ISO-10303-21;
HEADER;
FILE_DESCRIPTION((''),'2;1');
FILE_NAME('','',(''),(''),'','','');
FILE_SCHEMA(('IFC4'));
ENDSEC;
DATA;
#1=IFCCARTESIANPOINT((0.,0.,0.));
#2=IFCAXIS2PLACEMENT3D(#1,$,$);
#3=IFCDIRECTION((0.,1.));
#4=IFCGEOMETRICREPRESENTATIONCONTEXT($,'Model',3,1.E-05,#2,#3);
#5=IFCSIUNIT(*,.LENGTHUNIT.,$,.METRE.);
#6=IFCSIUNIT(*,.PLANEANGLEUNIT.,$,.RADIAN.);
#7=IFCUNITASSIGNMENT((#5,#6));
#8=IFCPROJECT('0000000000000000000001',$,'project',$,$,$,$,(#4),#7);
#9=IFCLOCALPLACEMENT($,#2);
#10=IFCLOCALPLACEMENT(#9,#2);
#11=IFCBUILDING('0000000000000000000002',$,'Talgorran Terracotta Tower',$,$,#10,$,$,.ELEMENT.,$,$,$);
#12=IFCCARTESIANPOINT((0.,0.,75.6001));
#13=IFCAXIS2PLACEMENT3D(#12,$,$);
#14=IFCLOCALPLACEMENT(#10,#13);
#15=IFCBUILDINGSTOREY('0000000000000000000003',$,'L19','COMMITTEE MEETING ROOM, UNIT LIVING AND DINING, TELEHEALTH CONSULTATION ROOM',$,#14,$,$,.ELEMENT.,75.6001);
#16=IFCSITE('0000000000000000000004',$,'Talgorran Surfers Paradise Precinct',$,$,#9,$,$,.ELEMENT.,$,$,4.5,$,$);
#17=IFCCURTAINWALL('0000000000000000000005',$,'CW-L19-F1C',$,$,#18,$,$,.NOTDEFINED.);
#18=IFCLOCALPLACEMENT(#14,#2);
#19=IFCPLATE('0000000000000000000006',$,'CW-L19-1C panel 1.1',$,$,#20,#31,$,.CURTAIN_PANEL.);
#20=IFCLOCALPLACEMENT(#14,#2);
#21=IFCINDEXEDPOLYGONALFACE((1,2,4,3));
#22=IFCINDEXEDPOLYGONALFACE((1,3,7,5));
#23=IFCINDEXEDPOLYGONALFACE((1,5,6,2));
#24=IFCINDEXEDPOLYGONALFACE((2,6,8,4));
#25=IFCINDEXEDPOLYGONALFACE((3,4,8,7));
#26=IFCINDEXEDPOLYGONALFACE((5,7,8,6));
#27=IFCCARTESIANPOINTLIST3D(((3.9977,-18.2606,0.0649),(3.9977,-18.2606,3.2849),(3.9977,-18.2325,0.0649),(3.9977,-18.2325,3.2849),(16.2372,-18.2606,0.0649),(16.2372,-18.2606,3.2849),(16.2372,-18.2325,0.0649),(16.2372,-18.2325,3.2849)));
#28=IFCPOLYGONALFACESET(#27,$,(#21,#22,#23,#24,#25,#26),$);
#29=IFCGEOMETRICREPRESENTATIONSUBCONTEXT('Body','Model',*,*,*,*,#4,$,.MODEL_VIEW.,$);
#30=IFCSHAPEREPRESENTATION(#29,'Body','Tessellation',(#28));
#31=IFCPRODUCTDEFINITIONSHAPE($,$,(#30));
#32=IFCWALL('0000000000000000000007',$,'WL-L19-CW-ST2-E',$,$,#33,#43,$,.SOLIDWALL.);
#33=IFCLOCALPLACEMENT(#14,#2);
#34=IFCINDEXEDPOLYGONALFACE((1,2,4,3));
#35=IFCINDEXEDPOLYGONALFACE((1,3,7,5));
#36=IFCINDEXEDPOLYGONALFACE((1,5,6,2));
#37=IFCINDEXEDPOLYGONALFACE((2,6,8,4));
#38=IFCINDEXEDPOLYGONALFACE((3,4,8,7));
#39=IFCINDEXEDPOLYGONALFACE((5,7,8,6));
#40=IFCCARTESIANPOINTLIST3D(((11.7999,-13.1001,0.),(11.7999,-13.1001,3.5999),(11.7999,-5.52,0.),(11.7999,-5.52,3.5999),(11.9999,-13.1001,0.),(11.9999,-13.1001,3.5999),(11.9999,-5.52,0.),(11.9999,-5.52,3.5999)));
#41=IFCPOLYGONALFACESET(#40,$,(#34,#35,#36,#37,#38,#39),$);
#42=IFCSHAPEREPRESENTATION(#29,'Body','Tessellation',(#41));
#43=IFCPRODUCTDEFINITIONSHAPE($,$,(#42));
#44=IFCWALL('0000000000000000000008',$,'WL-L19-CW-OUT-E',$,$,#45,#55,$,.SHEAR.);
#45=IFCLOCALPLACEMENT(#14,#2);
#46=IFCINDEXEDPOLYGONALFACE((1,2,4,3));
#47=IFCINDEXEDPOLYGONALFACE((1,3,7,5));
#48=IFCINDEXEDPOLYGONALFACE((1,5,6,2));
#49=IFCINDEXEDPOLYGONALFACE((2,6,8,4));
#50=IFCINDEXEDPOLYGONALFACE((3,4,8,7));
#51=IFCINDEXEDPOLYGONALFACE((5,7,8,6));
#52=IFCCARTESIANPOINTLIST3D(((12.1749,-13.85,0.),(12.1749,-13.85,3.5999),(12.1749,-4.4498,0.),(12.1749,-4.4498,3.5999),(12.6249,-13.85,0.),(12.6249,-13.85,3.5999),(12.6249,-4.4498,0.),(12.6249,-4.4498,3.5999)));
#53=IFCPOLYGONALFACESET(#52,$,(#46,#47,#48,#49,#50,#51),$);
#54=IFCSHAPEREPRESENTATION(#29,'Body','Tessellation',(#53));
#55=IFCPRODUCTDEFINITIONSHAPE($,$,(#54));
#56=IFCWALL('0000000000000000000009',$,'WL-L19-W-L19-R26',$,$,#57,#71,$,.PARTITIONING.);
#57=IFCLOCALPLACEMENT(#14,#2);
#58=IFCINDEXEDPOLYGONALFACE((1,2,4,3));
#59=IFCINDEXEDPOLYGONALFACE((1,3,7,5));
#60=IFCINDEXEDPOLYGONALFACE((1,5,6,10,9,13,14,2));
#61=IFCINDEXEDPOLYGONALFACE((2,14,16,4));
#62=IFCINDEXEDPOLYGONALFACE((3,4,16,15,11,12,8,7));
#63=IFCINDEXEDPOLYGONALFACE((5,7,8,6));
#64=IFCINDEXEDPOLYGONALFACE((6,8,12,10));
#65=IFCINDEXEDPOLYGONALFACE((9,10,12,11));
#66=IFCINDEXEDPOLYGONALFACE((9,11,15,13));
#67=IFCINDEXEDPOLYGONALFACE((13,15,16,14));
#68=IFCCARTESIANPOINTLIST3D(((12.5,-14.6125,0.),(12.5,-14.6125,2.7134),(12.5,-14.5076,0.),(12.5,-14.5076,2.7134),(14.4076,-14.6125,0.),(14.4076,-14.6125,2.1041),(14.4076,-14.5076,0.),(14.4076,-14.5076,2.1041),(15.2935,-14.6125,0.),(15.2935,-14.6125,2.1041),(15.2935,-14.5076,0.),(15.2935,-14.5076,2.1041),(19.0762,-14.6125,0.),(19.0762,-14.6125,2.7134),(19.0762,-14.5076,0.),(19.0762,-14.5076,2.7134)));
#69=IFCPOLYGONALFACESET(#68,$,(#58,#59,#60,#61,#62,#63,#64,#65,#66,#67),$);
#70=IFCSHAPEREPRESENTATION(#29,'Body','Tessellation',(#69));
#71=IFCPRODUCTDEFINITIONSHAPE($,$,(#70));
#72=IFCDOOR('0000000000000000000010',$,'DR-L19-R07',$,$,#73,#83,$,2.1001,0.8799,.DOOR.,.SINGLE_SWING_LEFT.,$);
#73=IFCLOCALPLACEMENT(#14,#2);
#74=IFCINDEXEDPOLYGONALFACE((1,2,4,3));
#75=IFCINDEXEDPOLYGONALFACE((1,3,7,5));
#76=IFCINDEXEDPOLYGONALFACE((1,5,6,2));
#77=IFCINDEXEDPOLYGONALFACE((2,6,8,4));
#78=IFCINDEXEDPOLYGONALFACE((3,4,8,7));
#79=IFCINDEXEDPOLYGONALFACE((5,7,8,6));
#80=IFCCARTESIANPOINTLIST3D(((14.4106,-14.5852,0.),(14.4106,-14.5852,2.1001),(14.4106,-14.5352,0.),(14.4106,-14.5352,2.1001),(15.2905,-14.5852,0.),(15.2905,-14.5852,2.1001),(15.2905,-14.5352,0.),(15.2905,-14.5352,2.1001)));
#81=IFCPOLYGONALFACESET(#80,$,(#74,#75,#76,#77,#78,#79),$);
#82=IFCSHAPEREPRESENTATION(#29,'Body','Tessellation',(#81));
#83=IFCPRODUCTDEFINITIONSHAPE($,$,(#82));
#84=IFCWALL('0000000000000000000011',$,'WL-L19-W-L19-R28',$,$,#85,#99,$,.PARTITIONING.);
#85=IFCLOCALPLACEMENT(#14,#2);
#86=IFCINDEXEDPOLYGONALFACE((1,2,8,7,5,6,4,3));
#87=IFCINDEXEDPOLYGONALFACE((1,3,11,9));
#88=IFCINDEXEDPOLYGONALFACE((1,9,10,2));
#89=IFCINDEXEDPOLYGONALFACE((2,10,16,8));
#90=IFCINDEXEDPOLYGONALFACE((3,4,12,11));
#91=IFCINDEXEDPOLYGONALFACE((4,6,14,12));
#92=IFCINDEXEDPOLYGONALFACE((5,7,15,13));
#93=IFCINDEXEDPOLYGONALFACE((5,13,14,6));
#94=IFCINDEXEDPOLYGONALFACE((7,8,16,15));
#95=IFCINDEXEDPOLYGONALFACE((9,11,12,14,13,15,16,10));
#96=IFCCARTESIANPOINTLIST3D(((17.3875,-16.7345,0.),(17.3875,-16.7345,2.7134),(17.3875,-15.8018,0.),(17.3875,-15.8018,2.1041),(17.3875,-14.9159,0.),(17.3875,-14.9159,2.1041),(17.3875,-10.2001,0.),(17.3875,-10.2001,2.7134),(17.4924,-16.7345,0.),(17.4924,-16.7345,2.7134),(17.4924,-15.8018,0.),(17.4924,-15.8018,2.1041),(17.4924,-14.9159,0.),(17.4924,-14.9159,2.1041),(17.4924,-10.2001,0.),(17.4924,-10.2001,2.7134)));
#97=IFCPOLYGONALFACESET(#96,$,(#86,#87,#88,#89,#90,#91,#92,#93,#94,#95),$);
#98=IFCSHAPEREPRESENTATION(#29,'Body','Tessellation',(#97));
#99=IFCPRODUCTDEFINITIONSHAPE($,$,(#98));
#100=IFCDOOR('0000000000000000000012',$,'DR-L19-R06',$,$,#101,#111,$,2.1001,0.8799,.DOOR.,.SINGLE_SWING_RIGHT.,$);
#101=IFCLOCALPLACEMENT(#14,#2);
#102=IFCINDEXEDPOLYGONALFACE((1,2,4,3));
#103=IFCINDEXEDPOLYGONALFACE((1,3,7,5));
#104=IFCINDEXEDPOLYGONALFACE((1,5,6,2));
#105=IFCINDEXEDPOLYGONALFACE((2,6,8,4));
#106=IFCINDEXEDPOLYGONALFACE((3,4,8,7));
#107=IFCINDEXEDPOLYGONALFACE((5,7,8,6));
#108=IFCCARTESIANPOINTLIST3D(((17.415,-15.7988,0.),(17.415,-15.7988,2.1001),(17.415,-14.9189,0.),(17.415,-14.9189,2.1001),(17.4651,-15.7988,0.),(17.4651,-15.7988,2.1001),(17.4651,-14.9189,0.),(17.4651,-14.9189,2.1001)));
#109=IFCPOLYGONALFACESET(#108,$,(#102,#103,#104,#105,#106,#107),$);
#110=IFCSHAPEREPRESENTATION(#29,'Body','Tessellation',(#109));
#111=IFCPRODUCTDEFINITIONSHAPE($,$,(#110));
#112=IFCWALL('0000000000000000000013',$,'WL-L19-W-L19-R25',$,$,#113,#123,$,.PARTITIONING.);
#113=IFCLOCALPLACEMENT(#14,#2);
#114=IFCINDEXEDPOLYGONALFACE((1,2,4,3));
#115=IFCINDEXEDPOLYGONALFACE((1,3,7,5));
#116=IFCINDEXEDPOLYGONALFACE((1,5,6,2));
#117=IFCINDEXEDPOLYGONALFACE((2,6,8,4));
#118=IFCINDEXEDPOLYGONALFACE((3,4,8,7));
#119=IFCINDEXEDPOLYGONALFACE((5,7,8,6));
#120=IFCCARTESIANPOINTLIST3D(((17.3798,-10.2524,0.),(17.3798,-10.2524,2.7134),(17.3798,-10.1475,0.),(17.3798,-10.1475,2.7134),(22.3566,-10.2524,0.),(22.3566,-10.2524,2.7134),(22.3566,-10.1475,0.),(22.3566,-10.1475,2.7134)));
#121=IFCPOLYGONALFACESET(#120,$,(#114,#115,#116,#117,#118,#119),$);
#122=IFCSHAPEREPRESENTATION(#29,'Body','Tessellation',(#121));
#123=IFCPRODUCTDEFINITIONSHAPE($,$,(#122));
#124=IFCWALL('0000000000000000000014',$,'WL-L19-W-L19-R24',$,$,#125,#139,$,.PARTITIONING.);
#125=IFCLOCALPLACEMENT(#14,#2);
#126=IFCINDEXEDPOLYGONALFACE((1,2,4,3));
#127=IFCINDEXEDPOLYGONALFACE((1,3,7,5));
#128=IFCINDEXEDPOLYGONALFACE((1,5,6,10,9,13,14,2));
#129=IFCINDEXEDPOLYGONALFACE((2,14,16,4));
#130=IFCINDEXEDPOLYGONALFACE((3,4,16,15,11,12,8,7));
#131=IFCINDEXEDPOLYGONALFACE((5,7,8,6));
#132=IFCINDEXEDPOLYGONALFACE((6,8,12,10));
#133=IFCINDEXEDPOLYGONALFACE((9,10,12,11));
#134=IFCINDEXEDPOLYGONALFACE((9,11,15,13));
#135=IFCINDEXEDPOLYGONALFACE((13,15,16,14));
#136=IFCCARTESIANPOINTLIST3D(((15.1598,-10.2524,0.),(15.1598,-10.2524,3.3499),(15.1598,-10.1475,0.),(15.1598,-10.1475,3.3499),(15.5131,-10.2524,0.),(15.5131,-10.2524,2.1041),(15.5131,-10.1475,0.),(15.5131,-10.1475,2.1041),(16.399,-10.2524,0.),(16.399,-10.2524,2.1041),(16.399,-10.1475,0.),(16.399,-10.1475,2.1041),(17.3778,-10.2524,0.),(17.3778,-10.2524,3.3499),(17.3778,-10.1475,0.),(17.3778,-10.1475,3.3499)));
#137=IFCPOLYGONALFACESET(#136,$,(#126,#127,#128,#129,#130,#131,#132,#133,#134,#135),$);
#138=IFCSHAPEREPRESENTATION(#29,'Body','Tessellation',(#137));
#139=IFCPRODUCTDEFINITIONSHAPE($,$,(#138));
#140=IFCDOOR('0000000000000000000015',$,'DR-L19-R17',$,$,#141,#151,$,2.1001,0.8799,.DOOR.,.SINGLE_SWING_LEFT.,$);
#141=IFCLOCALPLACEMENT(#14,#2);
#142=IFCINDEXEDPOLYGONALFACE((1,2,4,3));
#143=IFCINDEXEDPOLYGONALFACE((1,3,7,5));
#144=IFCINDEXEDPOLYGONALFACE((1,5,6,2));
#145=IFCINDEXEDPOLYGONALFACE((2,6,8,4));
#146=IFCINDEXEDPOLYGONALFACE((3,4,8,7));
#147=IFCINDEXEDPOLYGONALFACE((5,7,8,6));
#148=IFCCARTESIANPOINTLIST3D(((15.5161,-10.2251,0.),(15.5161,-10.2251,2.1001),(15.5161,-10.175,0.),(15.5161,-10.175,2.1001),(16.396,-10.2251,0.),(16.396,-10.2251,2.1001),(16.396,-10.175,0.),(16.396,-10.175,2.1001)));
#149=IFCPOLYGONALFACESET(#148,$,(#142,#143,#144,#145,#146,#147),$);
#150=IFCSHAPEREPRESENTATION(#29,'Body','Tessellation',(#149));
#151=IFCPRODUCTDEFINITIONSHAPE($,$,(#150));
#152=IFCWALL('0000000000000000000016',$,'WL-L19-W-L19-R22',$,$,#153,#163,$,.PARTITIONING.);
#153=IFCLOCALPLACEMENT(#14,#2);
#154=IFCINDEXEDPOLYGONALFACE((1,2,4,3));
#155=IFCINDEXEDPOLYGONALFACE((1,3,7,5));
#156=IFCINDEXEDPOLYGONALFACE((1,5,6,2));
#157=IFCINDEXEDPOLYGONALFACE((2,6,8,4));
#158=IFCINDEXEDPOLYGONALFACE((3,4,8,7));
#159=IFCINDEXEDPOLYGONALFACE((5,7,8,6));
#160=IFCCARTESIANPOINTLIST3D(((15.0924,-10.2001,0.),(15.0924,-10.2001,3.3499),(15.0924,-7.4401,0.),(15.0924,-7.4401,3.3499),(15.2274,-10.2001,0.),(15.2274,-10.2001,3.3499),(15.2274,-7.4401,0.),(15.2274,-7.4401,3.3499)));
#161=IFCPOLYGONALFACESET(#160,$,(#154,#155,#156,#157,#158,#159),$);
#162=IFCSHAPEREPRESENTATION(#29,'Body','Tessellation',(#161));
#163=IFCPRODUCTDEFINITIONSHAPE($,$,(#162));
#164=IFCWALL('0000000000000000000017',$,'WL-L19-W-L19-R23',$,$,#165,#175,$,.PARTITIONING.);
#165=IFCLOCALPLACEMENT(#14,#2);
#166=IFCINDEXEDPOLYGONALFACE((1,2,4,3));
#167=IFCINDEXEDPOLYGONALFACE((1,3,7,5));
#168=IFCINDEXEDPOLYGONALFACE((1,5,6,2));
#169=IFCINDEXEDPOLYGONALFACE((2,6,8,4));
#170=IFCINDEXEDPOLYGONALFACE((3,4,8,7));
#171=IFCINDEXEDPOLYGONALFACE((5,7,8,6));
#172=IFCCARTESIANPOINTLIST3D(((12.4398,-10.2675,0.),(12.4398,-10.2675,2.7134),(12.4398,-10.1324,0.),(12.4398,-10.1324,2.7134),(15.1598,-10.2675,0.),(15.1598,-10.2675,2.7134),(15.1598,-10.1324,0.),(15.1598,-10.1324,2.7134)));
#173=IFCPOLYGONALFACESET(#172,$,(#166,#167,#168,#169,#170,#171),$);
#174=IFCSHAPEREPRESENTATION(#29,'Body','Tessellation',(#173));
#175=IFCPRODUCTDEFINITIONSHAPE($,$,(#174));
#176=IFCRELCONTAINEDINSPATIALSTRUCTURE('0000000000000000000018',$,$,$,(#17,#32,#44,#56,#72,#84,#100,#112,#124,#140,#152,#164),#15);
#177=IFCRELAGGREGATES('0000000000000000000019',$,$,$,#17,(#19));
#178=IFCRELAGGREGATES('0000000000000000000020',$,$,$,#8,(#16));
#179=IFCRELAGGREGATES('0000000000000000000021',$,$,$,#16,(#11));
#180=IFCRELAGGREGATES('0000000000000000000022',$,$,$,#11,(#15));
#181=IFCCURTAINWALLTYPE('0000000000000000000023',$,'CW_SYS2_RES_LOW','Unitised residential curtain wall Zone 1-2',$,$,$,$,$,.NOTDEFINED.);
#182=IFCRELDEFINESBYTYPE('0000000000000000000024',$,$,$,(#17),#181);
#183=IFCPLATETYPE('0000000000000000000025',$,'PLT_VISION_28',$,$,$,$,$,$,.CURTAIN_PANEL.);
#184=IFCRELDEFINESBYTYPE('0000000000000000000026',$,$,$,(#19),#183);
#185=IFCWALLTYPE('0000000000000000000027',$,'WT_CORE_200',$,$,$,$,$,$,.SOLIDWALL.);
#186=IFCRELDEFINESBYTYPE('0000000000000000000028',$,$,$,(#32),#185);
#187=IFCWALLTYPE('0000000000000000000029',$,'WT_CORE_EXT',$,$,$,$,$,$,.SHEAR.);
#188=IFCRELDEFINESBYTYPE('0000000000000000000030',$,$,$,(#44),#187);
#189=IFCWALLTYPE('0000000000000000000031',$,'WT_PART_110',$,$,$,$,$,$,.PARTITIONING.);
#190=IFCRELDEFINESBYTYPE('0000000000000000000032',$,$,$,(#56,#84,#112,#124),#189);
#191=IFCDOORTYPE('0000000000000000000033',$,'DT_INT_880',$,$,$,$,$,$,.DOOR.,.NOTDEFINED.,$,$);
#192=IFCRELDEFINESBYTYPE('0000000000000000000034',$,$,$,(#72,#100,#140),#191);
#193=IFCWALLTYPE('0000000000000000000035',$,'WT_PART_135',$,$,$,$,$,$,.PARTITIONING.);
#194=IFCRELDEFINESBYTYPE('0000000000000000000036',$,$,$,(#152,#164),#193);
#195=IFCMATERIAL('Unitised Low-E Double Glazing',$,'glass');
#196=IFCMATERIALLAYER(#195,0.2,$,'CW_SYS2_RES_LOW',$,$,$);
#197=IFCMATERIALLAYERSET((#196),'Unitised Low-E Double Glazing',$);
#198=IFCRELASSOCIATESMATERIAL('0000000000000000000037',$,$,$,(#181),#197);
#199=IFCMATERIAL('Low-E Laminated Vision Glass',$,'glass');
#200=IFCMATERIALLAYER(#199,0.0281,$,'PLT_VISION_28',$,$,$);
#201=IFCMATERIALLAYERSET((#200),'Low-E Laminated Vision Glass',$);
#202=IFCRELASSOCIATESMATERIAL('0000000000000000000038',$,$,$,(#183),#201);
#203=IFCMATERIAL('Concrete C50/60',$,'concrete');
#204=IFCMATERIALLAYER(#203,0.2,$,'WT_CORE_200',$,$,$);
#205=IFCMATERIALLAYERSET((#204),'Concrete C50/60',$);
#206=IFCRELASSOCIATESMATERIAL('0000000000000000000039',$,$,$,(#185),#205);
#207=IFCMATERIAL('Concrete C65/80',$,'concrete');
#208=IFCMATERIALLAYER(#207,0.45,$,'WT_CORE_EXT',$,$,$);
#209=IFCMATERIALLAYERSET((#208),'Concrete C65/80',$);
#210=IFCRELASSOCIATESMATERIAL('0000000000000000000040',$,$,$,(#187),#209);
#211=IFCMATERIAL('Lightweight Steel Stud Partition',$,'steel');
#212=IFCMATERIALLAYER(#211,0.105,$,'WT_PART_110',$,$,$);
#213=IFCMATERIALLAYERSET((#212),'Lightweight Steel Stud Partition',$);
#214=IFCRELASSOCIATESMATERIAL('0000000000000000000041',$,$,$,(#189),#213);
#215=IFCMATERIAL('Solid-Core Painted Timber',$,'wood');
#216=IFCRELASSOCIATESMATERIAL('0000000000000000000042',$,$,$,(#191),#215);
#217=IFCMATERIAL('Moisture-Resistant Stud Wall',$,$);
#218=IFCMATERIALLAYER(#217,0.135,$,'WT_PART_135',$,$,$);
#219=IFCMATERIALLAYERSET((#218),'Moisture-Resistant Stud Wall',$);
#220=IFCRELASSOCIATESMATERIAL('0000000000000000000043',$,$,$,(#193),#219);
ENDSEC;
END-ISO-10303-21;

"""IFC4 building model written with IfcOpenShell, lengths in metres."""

from ifc_helpers import new_model, si_unit, direction, frame, frame_2d, origin, origin_2d, place, context, subcontext, project, spatial, rectangle, extrude, source, transform, mapped, material, layer, layer_set, type_object, element, fill, aggregate, save


model = new_model("IFC4")

# Units and contexts
model_context = context("Model", 3, precision=1e-05, world=origin(), true_north=direction((0.0, 1.0)))
body_context = subcontext(model_context, "Body", "Model", "MODEL_VIEW")
ifc_project = project(units=[si_unit("LENGTHUNIT", "METRE"), si_unit("PLANEANGLEUNIT", "RADIAN")], contexts=[model_context])

# Site, building, storey
site_placement = place(None, origin())
site = spatial("IfcSite", under=ifc_project, at=site_placement, Name="Talgorran Surfers Paradise Precinct", CompositionType="ELEMENT", RefElevation=4.5)
building_placement = place(site_placement, origin())
building = spatial("IfcBuilding", under=site, at=building_placement, Name="Talgorran Terracotta Tower", CompositionType="ELEMENT")
storey_placement = place(building_placement, frame((0.0, 0.0, 75.6001)))
storey = spatial("IfcBuildingStorey", under=building, at=storey_placement, Name="L19", Description="COMMITTEE MEETING ROOM, UNIT LIVING AND DINING, TELEHEALTH CONSULTATION ROOM", CompositionType="ELEMENT", Elevation=75.6001)

# Curtain wall
ifc_material_1 = material(Name="Unitised Low-E Double Glazing", Category="glass")
ifc_layer_1 = layer(ifc_material_1, 0.2, Name="CW_SYS2_RES_LOW")
ifc_layer_set_1 = layer_set([ifc_layer_1], Name="Unitised Low-E Double Glazing")
curtain_wall_type = type_object("IfcCurtainWallType", Name="CW_SYS2_RES_LOW", Description="Unitised residential curtain wall Zone 1-2", PredefinedType="NOTDEFINED", material=ifc_layer_set_1)
curtain_wall_1_placement = place(storey_placement, origin())
curtain_wall_1 = element("IfcCurtainWall", 1, at=curtain_wall_1_placement, inside=storey, type_object=curtain_wall_type, Name="CW-L19-F1C", PredefinedType="NOTDEFINED")

# Shared definitions
ifc_material_2 = material(Name="Low-E Laminated Vision Glass", Category="glass")
ifc_layer_2 = layer(ifc_material_2, 0.0281, Name="PLT_VISION_28")
ifc_layer_set_2 = layer_set([ifc_layer_2], Name="Low-E Laminated Vision Glass")
plate_type = type_object("IfcPlateType", Name="PLT_VISION_28", PredefinedType="CURTAIN_PANEL", material=ifc_layer_set_2)

# Plate
shared_shape_1 = source(origin(), body_context, "Body", "SweptSolid", [
    extrude(rectangle(XDim=12.2395, YDim=0.0281, at=origin_2d()), origin(), (0.0, 0.0, 1.0), 3.22),
])
plate_1_placement = place(storey_placement, frame((10.1174, -18.2466, 0.0649), z_axis=(0.0, 0.0, 1.0), x_axis=(1.0, 0.0, 0.0)))
plate_1 = element("IfcPlate", 2, at=plate_1_placement, type_object=plate_type, Name="CW-L19-1C panel 1.1", PredefinedType="CURTAIN_PANEL", context=body_context, shape_type="MappedRepresentation", body=[
    mapped(shared_shape_1, transform((0.0, 0.0, 0.0), scale=1.0)),
])
aggregate(curtain_wall_1, [plate_1])

# Walls
ifc_material_3 = material(Name="Concrete C50/60", Category="concrete")
ifc_layer_3 = layer(ifc_material_3, 0.2, Name="WT_CORE_200")
ifc_layer_set_3 = layer_set([ifc_layer_3], Name="Concrete C50/60")
wall_type_1 = type_object("IfcWallType", Name="WT_CORE_200", PredefinedType="SOLIDWALL", material=ifc_layer_set_3)
wall_1_placement = place(storey_placement, frame((11.8999, -13.1001, 0.0), z_axis=(0.0, 0.0, 1.0), x_axis=(0.0, 1.0, 0.0)))
element("IfcWall", 3, at=wall_1_placement, inside=storey, type_object=wall_type_1, Name="WL-L19-CW-ST2-E", PredefinedType="SOLIDWALL", context=body_context, shape_type="SweptSolid", body=[
    extrude(rectangle(XDim=7.5801, YDim=0.2, at=frame_2d((3.79, 0.0))), origin(), (0.0, 0.0, 1.0), 3.5999),
])
ifc_material_4 = material(Name="Concrete C65/80", Category="concrete")
ifc_layer_4 = layer(ifc_material_4, 0.45, Name="WT_CORE_EXT")
ifc_layer_set_4 = layer_set([ifc_layer_4], Name="Concrete C65/80")
wall_type_2 = type_object("IfcWallType", Name="WT_CORE_EXT", PredefinedType="SHEAR", material=ifc_layer_set_4)
wall_2_placement = place(storey_placement, frame((12.3999, -13.8501, 0.0), z_axis=(0.0, 0.0, 1.0), x_axis=(0.0, 1.0, 0.0)))
element("IfcWall", 4, at=wall_2_placement, inside=storey, type_object=wall_type_2, Name="WL-L19-CW-OUT-E", PredefinedType="SHEAR", context=body_context, shape_type="SweptSolid", body=[
    extrude(rectangle(XDim=9.4001, YDim=0.45, at=frame_2d((4.7002, 0.0))), origin(), (0.0, 0.0, 1.0), 3.5999),
])

# Walls, openings, doors
ifc_material_5 = material(Name="Lightweight Steel Stud Partition", Category="steel")
ifc_layer_5 = layer(ifc_material_5, 0.105, Name="WT_PART_110")
ifc_layer_set_5 = layer_set([ifc_layer_5], Name="Lightweight Steel Stud Partition")
wall_type_3 = type_object("IfcWallType", Name="WT_PART_110", PredefinedType="PARTITIONING", material=ifc_layer_set_5)
wall_3_placement = place(storey_placement, frame((12.5, -14.5601, 0.0), z_axis=(0.0, 0.0, 1.0), x_axis=(1.0, 0.0, 0.0)))
wall_3 = element("IfcWall", 5, at=wall_3_placement, inside=storey, type_object=wall_type_3, Name="WL-L19-W-L19-R26", PredefinedType="PARTITIONING", context=body_context, shape_type="SweptSolid", body=[
    extrude(rectangle(XDim=6.5762, YDim=0.105, at=frame_2d((3.2881, 0.0))), origin(), (0.0, 0.0, 1.0), 2.7134),
])
opening_1_placement = place(wall_3_placement, frame((1.9106, 0.0, 0.0)))
opening_1 = element("IfcOpeningElement", 6, at=opening_1_placement, cuts=wall_3, PredefinedType="OPENING", context=body_context, shape_type="SweptSolid", body=[
    extrude(rectangle(XDim=0.8859, YDim=2.1041, at=frame_2d((0.4399, 1.052))), frame((0.0, 0.0625, 0.0), z_axis=(0.0, -1.0, 0.0), x_axis=(1.0, 0.0, 0.0)), (0.0, 0.0, 1.0), 0.125),
])
ifc_material_6 = material(Name="Solid-Core Painted Timber", Category="wood")
door_type = type_object("IfcDoorType", Name="DT_INT_880", OperationType="NOTDEFINED", PredefinedType="DOOR", material=ifc_material_6)
door_1_placement = place(opening_1_placement, origin())
door_1 = element("IfcDoor", 7, at=door_1_placement, inside=storey, type_object=door_type, Name="DR-L19-R07", OperationType="SINGLE_SWING_LEFT", OverallHeight=2.1001, OverallWidth=0.8799, PredefinedType="DOOR", context=body_context, shape_type="SweptSolid", body=[
    extrude(rectangle(XDim=0.8799, YDim=2.1001, at=frame_2d((0.4399, 1.05))), frame((0.0, 0.0249, 0.0), z_axis=(0.0, -1.0, 0.0), x_axis=(1.0, 0.0, 0.0)), (0.0, 0.0, 1.0), 0.05),
])
fill(opening_1, door_1)
wall_4_placement = place(storey_placement, frame((17.4399, -16.7344, 0.0), z_axis=(0.0, 0.0, 1.0), x_axis=(0.0, 1.0, 0.0)))
wall_4 = element("IfcWall", 8, at=wall_4_placement, inside=storey, type_object=wall_type_3, Name="WL-L19-W-L19-R28", PredefinedType="PARTITIONING", context=body_context, shape_type="SweptSolid", body=[
    extrude(rectangle(XDim=6.5344, YDim=0.105, at=frame_2d((3.2671, 0.0))), origin(), (0.0, 0.0, 1.0), 2.7134),
])
opening_2_placement = place(wall_4_placement, frame((0.9355, 0.0, 0.0)))
opening_2 = element("IfcOpeningElement", 9, at=opening_2_placement, cuts=wall_4, PredefinedType="OPENING", context=body_context, shape_type="SweptSolid", body=[
    extrude(rectangle(XDim=0.8859, YDim=2.1041, at=frame_2d((0.4399, 1.052))), frame((0.0, 0.0625, 0.0), z_axis=(0.0, -1.0, 0.0), x_axis=(1.0, 0.0, 0.0)), (0.0, 0.0, 1.0), 0.125),
])
door_2_placement = place(opening_2_placement, origin())
door_2 = element("IfcDoor", 10, at=door_2_placement, inside=storey, type_object=door_type, Name="DR-L19-R06", OperationType="SINGLE_SWING_RIGHT", OverallHeight=2.1001, OverallWidth=0.8799, PredefinedType="DOOR", context=body_context, shape_type="SweptSolid", body=[
    extrude(rectangle(XDim=0.8799, YDim=2.1001, at=frame_2d((0.4399, 1.05))), frame((0.0, 0.0249, 0.0), z_axis=(0.0, -1.0, 0.0), x_axis=(1.0, 0.0, 0.0)), (0.0, 0.0, 1.0), 0.05),
])
fill(opening_2, door_2)

# Wall
wall_5_placement = place(storey_placement, frame((17.3799, -10.2, 0.0), z_axis=(0.0, 0.0, 1.0), x_axis=(1.0, 0.0, 0.0)))
element("IfcWall", 11, at=wall_5_placement, inside=storey, type_object=wall_type_3, Name="WL-L19-W-L19-R25", PredefinedType="PARTITIONING", context=body_context, shape_type="SweptSolid", body=[
    extrude(rectangle(XDim=4.9768, YDim=0.105, at=frame_2d((2.4883, 0.0))), origin(), (0.0, 0.0, 1.0), 2.7134),
])

# Wall, opening, door
wall_6_placement = place(storey_placement, frame((15.1599, -10.2, 0.0), z_axis=(0.0, 0.0, 1.0), x_axis=(1.0, 0.0, 0.0)))
wall_6 = element("IfcWall", 12, at=wall_6_placement, inside=storey, type_object=wall_type_3, Name="WL-L19-W-L19-R24", PredefinedType="PARTITIONING", context=body_context, shape_type="SweptSolid", body=[
    extrude(rectangle(XDim=2.218, YDim=0.105, at=frame_2d((1.1089, 0.0))), origin(), (0.0, 0.0, 1.0), 3.3499),
])
opening_3_placement = place(wall_6_placement, frame((0.3562, 0.0, 0.0)))
opening_3 = element("IfcOpeningElement", 13, at=opening_3_placement, cuts=wall_6, PredefinedType="OPENING", context=body_context, shape_type="SweptSolid", body=[
    extrude(rectangle(XDim=0.8859, YDim=2.1041, at=frame_2d((0.4399, 1.052))), frame((0.0, 0.0625, 0.0), z_axis=(0.0, -1.0, 0.0), x_axis=(1.0, 0.0, 0.0)), (0.0, 0.0, 1.0), 0.125),
])
door_3_placement = place(opening_3_placement, origin())
door_3 = element("IfcDoor", 14, at=door_3_placement, inside=storey, type_object=door_type, Name="DR-L19-R17", OperationType="SINGLE_SWING_LEFT", OverallHeight=2.1001, OverallWidth=0.8799, PredefinedType="DOOR", context=body_context, shape_type="SweptSolid", body=[
    extrude(rectangle(XDim=0.8799, YDim=2.1001, at=frame_2d((0.4399, 1.05))), frame((0.0, 0.0249, 0.0), z_axis=(0.0, -1.0, 0.0), x_axis=(1.0, 0.0, 0.0)), (0.0, 0.0, 1.0), 0.05),
])
fill(opening_3, door_3)

# Walls
ifc_material_7 = material(Name="Moisture-Resistant Stud Wall")
ifc_layer_6 = layer(ifc_material_7, 0.135, Name="WT_PART_135")
ifc_layer_set_6 = layer_set([ifc_layer_6], Name="Moisture-Resistant Stud Wall")
wall_type_4 = type_object("IfcWallType", Name="WT_PART_135", PredefinedType="PARTITIONING", material=ifc_layer_set_6)
wall_7_placement = place(storey_placement, frame((15.1599, -10.2, 0.0), z_axis=(0.0, 0.0, 1.0), x_axis=(0.0, 1.0, 0.0)))
element("IfcWall", 15, at=wall_7_placement, inside=storey, type_object=wall_type_4, Name="WL-L19-W-L19-R22", PredefinedType="PARTITIONING", context=body_context, shape_type="SweptSolid", body=[
    extrude(rectangle(XDim=2.76, YDim=0.135, at=frame_2d((1.3799, 0.0))), origin(), (0.0, 0.0, 1.0), 3.3499),
])
wall_8_placement = place(storey_placement, frame((12.4399, -10.2, 0.0), z_axis=(0.0, 0.0, 1.0), x_axis=(1.0, 0.0, 0.0)))
element("IfcWall", 16, at=wall_8_placement, inside=storey, type_object=wall_type_4, Name="WL-L19-W-L19-R23", PredefinedType="PARTITIONING", context=body_context, shape_type="SweptSolid", body=[
    extrude(rectangle(XDim=2.72, YDim=0.135, at=frame_2d((1.3599, 0.0))), origin(), (0.0, 0.0, 1.0), 2.7134),
])

save(model, "model.ifc")
